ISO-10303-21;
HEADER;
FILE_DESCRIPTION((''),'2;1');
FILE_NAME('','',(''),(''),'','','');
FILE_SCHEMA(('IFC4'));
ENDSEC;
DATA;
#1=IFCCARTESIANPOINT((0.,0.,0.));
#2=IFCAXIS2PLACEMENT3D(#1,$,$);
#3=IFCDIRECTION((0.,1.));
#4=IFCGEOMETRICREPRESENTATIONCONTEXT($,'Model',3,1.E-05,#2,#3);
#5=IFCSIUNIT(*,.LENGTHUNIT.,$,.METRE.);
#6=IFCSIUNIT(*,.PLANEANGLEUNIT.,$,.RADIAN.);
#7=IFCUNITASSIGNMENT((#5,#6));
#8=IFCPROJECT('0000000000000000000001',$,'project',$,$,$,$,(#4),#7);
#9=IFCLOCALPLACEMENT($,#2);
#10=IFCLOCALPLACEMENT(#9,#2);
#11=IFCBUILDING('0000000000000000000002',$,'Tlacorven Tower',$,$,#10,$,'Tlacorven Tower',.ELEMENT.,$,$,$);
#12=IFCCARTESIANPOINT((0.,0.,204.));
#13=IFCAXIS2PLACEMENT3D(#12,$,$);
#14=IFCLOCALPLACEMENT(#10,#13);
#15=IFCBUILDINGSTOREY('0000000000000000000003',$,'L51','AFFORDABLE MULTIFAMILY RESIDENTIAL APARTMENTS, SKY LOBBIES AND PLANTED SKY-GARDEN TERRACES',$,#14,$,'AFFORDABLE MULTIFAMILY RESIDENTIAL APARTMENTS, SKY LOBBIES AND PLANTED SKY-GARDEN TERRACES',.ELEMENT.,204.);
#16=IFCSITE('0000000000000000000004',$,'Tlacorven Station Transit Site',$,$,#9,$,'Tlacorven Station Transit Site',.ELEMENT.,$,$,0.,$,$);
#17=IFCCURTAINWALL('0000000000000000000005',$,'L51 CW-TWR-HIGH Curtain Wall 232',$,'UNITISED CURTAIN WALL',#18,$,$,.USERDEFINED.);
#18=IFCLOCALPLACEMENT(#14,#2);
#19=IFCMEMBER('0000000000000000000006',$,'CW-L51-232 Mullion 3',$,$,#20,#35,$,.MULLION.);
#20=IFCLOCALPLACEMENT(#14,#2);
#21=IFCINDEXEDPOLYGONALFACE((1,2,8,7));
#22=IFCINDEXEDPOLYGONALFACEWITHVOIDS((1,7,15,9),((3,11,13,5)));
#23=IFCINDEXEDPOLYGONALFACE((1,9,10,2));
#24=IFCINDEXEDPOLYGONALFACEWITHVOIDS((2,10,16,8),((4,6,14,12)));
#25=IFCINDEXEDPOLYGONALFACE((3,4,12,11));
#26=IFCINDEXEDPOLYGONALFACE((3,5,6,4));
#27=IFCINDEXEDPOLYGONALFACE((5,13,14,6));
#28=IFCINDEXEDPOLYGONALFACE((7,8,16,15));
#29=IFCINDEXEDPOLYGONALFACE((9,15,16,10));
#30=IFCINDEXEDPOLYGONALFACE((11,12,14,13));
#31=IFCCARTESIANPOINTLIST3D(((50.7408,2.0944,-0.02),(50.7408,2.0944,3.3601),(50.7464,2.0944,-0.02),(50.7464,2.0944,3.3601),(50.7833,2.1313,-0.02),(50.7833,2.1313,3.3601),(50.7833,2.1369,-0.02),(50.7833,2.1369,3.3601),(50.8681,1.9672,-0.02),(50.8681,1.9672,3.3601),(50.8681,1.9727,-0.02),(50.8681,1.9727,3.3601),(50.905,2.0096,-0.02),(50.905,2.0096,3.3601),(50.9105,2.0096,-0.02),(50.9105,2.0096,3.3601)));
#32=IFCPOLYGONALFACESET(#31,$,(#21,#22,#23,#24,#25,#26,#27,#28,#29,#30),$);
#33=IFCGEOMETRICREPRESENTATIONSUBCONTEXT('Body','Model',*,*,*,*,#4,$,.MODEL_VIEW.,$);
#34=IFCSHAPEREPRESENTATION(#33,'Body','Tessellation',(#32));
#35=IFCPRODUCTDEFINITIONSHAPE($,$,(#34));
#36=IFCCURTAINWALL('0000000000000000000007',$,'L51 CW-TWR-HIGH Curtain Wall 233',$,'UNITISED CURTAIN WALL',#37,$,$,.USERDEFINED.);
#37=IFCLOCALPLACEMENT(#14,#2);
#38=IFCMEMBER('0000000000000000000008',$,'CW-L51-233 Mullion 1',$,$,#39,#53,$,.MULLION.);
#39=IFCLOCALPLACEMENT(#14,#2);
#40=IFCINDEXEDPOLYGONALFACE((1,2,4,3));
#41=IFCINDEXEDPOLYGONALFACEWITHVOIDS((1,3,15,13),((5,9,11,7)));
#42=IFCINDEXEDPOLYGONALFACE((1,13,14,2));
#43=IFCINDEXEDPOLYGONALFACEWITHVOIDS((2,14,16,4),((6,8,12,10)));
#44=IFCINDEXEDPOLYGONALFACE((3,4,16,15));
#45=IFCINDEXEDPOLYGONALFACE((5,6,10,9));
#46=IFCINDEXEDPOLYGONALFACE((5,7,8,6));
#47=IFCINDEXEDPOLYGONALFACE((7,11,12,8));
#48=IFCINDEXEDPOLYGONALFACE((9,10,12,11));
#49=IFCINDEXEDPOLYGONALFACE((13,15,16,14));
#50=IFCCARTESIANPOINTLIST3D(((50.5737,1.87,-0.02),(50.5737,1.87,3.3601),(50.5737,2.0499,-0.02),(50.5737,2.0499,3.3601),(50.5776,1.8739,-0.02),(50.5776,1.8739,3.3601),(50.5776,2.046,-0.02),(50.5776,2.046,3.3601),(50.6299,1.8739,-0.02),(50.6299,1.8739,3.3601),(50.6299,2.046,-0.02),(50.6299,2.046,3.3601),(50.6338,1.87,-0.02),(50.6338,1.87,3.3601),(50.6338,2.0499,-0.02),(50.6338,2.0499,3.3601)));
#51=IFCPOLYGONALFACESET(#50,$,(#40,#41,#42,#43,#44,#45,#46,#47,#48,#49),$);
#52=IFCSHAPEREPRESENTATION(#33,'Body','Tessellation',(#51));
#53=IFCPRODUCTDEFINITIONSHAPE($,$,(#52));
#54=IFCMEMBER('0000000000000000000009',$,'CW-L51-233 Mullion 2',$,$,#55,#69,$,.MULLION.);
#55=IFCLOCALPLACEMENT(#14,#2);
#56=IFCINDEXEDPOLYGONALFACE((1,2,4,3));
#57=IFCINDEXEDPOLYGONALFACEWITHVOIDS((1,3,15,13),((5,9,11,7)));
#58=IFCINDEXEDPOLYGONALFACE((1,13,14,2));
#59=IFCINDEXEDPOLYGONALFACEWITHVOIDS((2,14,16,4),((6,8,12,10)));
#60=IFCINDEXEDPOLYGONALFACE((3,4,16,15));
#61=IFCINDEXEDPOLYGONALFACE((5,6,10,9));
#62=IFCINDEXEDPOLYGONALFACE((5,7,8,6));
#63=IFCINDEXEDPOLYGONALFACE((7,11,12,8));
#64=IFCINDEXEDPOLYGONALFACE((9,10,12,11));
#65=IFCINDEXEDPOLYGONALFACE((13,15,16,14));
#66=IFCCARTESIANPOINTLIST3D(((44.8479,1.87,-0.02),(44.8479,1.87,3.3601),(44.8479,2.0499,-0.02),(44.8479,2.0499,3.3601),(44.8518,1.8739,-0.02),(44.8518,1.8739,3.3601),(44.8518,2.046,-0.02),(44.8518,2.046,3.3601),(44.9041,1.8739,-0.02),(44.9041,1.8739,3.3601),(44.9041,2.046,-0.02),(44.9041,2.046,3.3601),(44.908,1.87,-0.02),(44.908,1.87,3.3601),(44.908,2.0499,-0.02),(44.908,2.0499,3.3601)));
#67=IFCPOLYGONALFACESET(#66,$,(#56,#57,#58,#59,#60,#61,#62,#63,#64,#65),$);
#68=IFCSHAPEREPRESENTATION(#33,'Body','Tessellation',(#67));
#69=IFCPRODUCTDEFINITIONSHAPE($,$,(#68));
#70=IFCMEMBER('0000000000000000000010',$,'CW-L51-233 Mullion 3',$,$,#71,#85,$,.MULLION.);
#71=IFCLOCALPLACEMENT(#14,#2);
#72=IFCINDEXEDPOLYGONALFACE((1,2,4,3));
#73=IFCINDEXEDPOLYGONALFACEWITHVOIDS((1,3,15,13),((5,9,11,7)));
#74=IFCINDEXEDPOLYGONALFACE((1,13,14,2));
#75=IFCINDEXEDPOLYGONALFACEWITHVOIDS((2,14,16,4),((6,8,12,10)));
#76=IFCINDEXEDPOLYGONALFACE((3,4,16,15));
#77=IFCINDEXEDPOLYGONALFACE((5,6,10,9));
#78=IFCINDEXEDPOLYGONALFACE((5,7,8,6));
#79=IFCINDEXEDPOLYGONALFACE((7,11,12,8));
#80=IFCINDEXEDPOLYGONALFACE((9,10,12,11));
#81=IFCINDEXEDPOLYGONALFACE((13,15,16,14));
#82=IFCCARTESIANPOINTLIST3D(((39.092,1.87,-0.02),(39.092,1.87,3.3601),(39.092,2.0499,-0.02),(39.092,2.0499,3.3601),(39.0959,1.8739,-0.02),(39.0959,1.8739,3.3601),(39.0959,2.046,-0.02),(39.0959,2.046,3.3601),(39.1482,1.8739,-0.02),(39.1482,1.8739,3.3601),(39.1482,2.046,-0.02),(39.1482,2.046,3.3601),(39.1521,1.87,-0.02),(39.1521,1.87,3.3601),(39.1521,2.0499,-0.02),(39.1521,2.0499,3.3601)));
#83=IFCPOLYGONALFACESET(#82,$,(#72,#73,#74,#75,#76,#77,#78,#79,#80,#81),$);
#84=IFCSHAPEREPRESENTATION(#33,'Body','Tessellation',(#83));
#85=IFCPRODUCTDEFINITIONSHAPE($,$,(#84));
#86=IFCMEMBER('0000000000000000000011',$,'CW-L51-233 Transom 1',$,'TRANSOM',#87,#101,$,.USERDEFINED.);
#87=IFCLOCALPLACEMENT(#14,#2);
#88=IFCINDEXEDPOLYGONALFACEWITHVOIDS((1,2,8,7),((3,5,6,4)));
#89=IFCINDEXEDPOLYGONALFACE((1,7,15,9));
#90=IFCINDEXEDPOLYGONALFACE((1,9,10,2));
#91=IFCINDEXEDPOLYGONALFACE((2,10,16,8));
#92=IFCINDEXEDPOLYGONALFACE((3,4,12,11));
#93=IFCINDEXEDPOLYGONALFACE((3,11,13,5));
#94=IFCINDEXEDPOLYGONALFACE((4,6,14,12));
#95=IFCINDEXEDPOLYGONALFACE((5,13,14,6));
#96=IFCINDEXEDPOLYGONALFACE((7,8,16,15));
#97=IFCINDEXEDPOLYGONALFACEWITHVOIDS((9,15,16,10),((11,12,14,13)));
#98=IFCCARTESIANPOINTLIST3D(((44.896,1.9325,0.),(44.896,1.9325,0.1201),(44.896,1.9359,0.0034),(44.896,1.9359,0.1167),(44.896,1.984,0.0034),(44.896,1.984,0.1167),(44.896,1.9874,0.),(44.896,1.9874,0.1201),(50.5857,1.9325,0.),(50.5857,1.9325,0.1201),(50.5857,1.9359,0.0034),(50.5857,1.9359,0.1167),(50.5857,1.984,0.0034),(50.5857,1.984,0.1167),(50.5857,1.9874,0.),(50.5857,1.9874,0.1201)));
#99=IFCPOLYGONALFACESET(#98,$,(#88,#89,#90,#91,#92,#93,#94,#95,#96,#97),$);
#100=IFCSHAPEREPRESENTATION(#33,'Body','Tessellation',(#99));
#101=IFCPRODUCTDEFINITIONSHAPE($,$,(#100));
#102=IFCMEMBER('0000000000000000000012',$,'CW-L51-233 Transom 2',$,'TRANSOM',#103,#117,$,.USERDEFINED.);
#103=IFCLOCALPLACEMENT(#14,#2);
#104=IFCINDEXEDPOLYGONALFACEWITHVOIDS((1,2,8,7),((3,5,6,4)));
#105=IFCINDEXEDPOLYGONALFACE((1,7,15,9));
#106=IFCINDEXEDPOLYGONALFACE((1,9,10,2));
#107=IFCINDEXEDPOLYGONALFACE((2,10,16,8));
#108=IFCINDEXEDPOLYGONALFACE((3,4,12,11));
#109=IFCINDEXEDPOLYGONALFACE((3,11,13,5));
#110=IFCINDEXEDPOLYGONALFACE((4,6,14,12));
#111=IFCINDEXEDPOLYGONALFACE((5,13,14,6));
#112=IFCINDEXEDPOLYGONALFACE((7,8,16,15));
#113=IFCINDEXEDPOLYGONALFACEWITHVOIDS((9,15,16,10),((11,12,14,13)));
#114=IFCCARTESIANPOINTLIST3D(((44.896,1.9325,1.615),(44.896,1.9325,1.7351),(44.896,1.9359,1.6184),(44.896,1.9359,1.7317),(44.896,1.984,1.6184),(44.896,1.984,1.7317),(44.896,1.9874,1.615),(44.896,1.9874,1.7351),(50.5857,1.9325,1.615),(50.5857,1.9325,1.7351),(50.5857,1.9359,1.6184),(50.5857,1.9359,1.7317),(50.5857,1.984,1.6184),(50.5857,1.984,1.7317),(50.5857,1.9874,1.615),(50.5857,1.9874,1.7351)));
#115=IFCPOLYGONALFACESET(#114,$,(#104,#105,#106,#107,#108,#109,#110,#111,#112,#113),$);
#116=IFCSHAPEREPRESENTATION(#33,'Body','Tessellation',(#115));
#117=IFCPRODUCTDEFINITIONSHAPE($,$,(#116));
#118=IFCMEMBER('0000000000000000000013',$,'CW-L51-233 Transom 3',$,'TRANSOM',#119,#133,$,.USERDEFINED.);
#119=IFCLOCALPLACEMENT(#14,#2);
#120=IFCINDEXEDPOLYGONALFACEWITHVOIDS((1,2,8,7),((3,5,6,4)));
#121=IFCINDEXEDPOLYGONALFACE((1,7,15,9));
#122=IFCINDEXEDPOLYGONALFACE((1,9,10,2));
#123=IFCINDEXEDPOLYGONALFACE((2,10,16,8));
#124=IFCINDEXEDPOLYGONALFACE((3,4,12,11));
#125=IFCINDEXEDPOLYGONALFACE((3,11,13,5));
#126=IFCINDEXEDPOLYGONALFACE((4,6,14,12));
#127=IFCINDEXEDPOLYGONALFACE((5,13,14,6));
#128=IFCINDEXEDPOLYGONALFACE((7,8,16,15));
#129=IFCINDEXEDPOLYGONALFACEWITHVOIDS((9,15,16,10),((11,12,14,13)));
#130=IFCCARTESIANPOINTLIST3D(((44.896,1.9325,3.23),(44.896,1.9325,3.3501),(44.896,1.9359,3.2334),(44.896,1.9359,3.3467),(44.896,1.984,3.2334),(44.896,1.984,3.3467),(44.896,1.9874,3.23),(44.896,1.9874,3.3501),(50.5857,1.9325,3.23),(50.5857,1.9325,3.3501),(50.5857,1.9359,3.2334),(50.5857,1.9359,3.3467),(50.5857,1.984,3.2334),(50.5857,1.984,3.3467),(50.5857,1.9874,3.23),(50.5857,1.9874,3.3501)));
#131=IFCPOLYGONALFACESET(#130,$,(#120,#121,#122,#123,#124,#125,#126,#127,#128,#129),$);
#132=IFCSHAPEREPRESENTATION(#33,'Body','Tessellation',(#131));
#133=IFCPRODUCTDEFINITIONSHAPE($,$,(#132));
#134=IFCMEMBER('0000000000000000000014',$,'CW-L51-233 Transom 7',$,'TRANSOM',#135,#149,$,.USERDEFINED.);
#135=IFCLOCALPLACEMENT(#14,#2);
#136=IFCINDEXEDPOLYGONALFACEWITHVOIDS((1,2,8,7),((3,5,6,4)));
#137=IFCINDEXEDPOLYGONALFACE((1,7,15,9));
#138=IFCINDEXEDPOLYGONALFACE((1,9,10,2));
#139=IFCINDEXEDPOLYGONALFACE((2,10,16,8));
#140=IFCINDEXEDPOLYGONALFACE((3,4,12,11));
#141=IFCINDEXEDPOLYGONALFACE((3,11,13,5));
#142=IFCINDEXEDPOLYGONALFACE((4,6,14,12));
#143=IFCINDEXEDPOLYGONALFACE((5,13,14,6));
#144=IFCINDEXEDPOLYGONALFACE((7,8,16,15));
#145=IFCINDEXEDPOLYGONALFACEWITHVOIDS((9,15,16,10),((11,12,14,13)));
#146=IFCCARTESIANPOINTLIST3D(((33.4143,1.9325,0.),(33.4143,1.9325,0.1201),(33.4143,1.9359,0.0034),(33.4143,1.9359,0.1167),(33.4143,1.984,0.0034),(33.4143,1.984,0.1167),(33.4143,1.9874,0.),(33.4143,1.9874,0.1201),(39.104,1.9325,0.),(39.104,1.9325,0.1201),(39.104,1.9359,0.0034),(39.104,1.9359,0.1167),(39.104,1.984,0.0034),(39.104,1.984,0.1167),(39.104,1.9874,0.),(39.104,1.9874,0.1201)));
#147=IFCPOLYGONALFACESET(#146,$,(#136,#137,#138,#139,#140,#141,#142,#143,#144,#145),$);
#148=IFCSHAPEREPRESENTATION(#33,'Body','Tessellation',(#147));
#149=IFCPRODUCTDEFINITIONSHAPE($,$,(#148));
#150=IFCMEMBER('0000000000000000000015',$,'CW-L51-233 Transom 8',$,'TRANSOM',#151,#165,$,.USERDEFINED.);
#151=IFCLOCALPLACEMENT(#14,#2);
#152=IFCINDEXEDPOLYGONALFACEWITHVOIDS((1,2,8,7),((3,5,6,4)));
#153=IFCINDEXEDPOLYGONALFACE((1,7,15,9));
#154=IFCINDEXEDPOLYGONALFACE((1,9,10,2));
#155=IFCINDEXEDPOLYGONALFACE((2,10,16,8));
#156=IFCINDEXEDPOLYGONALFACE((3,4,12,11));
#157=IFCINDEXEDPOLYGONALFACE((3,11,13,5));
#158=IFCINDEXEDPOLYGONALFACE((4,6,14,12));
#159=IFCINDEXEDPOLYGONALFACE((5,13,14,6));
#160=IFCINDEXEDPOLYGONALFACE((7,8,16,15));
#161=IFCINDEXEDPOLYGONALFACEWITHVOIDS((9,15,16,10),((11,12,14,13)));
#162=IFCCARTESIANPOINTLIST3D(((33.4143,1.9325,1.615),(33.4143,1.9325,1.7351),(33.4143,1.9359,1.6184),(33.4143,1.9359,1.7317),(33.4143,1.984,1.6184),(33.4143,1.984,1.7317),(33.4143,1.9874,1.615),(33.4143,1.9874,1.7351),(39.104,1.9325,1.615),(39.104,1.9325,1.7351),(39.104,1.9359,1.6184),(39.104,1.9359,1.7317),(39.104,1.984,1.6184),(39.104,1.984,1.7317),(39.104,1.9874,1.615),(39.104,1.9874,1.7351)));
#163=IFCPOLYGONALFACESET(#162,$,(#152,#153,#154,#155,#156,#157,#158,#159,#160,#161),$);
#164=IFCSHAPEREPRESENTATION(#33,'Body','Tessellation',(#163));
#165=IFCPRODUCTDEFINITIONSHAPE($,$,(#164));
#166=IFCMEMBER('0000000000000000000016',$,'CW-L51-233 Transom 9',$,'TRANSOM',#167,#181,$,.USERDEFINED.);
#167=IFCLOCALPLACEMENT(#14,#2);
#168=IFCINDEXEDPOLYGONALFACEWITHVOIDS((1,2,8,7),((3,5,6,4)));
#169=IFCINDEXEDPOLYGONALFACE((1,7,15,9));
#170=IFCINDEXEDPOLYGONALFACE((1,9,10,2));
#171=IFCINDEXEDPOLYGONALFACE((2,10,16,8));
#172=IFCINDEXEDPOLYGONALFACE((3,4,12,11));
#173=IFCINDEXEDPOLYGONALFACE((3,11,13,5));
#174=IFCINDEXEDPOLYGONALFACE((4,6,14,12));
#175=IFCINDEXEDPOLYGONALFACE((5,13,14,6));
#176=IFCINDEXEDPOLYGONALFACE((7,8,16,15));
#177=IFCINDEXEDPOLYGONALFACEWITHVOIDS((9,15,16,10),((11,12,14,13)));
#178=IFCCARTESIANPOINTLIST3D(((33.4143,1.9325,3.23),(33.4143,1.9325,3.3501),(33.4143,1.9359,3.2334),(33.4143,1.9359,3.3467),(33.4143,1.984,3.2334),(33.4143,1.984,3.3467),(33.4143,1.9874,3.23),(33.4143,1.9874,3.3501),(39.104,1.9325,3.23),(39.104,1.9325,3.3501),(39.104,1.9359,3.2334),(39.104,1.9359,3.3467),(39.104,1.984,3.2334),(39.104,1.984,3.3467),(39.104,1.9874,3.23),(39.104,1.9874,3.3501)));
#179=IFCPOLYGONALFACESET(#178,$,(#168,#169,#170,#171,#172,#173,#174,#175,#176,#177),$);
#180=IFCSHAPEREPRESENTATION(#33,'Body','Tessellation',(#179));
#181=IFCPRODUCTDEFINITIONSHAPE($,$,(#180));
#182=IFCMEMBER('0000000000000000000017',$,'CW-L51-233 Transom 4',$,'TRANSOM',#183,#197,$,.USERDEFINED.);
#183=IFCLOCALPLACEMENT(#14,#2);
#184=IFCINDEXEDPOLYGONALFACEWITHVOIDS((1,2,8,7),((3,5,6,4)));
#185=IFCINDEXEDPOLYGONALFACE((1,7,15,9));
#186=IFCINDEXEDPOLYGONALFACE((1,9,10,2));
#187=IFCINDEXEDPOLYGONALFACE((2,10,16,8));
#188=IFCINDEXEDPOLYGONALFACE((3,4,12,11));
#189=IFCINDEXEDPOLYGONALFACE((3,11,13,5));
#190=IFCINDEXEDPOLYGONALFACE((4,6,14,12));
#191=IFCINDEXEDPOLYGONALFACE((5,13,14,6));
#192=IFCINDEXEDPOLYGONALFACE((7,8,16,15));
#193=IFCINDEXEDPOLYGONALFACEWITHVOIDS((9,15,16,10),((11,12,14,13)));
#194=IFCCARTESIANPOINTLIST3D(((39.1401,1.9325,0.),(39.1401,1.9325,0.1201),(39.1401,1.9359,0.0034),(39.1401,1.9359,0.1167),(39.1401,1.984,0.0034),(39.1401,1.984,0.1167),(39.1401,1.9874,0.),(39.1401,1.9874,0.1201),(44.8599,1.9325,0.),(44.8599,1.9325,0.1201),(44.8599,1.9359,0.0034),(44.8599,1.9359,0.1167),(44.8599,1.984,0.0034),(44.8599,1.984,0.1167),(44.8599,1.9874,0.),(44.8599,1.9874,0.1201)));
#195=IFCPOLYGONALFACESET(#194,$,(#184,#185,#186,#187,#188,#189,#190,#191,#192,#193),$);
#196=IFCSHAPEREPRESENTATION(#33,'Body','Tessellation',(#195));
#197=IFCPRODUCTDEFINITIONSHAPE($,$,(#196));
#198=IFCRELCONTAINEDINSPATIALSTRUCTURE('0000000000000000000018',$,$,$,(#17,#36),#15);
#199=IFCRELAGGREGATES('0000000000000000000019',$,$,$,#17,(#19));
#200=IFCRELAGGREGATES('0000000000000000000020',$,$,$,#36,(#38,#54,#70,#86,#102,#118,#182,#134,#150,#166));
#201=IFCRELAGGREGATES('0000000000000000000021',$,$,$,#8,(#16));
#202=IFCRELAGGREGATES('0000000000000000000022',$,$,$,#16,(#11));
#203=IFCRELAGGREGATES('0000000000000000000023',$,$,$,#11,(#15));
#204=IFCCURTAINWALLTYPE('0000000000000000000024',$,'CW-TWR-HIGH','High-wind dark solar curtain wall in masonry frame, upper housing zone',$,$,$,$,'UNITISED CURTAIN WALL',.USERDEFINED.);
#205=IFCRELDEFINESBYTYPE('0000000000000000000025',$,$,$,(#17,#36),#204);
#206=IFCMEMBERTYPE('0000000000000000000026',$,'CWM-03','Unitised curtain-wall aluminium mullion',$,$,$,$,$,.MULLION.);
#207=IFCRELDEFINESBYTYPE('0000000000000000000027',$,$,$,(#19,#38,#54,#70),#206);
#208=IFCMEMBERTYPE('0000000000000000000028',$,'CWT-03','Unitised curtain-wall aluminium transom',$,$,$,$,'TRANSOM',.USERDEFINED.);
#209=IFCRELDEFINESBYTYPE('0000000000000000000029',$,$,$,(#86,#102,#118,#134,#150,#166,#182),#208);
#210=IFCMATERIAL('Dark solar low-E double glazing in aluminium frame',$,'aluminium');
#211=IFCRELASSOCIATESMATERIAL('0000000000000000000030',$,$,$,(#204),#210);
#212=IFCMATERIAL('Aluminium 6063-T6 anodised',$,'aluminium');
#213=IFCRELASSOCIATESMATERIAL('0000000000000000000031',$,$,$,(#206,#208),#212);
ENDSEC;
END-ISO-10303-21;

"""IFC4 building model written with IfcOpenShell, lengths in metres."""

from ifc_helpers import new_model, si_unit, direction, frame, origin, origin_2d, place, context, subcontext, project, spatial, hollow_rectangle, extrude, source, transform, mapped, material, material_profile, profile_set, type_object, element, aggregate, save


model = new_model("IFC4")

# Units and contexts
model_context = context("Model", 3, precision=1e-05, world=origin(), true_north=direction((0.0, 1.0)))
body_context = subcontext(model_context, "Body", "Model", "MODEL_VIEW")
ifc_project = project(units=[si_unit("LENGTHUNIT", "METRE"), si_unit("PLANEANGLEUNIT", "RADIAN")], contexts=[model_context])

# Site, building, storey
site_placement = place(None, origin())
site = spatial("IfcSite", under=ifc_project, at=site_placement, Name="Tlacorven Station Transit Site", LongName="Tlacorven Station Transit Site", CompositionType="ELEMENT", RefElevation=0.0)
building_placement = place(site_placement, origin())
building = spatial("IfcBuilding", under=site, at=building_placement, Name="Tlacorven Tower", LongName="Tlacorven Tower", CompositionType="ELEMENT")
storey_placement = place(building_placement, frame((0.0, 0.0, 204.0)))
storey = spatial("IfcBuildingStorey", under=building, at=storey_placement, Name="L51", Description="AFFORDABLE MULTIFAMILY RESIDENTIAL APARTMENTS, SKY LOBBIES AND PLANTED SKY-GARDEN TERRACES", LongName="AFFORDABLE MULTIFAMILY RESIDENTIAL APARTMENTS, SKY LOBBIES AND PLANTED SKY-GARDEN TERRACES", CompositionType="ELEMENT", Elevation=204.0)

# Curtain wall, member
ifc_material_1 = material(Name="Dark solar low-E double glazing in aluminium frame", Category="aluminium")
curtain_wall_type = type_object("IfcCurtainWallType", Name="CW-TWR-HIGH", Description="High-wind dark solar curtain wall in masonry frame, upper housing zone", ElementType="UNITISED CURTAIN WALL", PredefinedType="USERDEFINED", material=ifc_material_1)
curtain_wall_1_placement = place(storey_placement, origin())
curtain_wall_1 = element("IfcCurtainWall", 1, at=curtain_wall_1_placement, inside=storey, type_object=curtain_wall_type, Name="L51 CW-TWR-HIGH Curtain Wall 232", ObjectType="UNITISED CURTAIN WALL", PredefinedType="USERDEFINED")
ifc_material_2 = material(Name="Aluminium 6063-T6 anodised", Category="aluminium")
ifc_material_profile_1 = material_profile(ifc_material_2, hollow_rectangle(XDim=0.0601, YDim=0.1799, WallThickness=0.0039, at=origin_2d()), Name="ALU MULLION 60X180")
ifc_profile_set_1 = profile_set([ifc_material_profile_1], Name="Aluminium 6063-T6 anodised")
member_type_1 = type_object("IfcMemberType", Name="CWM-03", Description="Unitised curtain-wall aluminium mullion", PredefinedType="MULLION", material=ifc_profile_set_1)
shared_shape_1 = source(origin(), body_context, "Body", "SweptSolid", [
    extrude(hollow_rectangle(XDim=0.0601, YDim=0.1799, WallThickness=0.0039, at=origin_2d()), origin(), (0.0, 0.0, 1.0), 3.3801),
])
member_1_placement = place(storey_placement, frame((50.8257, 2.052, -0.02), z_axis=(0.0, 0.0, 1.0), x_axis=(-0.707107, -0.707107, 0.0)))
member_1 = element("IfcMember", 2, at=member_1_placement, type_object=member_type_1, Name="CW-L51-232 Mullion 3", PredefinedType="MULLION", context=body_context, shape_type="MappedRepresentation", body=[
    mapped(shared_shape_1, transform((0.0, 0.0, 0.0), scale=1.0)),
])
aggregate(curtain_wall_1, [member_1])

# Curtain wall, members
curtain_wall_2_placement = place(storey_placement, origin())
curtain_wall_2 = element("IfcCurtainWall", 3, at=curtain_wall_2_placement, inside=storey, type_object=curtain_wall_type, Name="L51 CW-TWR-HIGH Curtain Wall 233", ObjectType="UNITISED CURTAIN WALL", PredefinedType="USERDEFINED")
member_2_placement = place(storey_placement, frame((50.6038, 1.96, -0.02), z_axis=(0.0, 0.0, 1.0), x_axis=(-1.0, 0.0, 0.0)))
member_2 = element("IfcMember", 4, at=member_2_placement, type_object=member_type_1, Name="CW-L51-233 Mullion 1", PredefinedType="MULLION", context=body_context, shape_type="MappedRepresentation", body=[
    mapped(shared_shape_1, transform((0.0, 0.0, 0.0), scale=1.0)),
])
member_3_placement = place(storey_placement, frame((44.8779, 1.96, -0.02), z_axis=(0.0, 0.0, 1.0), x_axis=(-1.0, 0.0, 0.0)))
member_3 = element("IfcMember", 5, at=member_3_placement, type_object=member_type_1, Name="CW-L51-233 Mullion 2", PredefinedType="MULLION", context=body_context, shape_type="MappedRepresentation", body=[
    mapped(shared_shape_1, transform((0.0, 0.0, 0.0), scale=1.0)),
])
member_4_placement = place(storey_placement, frame((39.1221, 1.96, -0.02), z_axis=(0.0, 0.0, 1.0), x_axis=(-1.0, 0.0, 0.0)))
member_4 = element("IfcMember", 6, at=member_4_placement, type_object=member_type_1, Name="CW-L51-233 Mullion 3", PredefinedType="MULLION", context=body_context, shape_type="MappedRepresentation", body=[
    mapped(shared_shape_1, transform((0.0, 0.0, 0.0), scale=1.0)),
])
ifc_material_profile_2 = material_profile(ifc_material_2, hollow_rectangle(XDim=0.0549, YDim=0.1201, WallThickness=0.0034, at=origin_2d()), Name="ALU TRANSOM 55X120")
ifc_profile_set_2 = profile_set([ifc_material_profile_2], Name="Aluminium 6063-T6 anodised")
member_type_2 = type_object("IfcMemberType", Name="CWT-03", Description="Unitised curtain-wall aluminium transom", ElementType="TRANSOM", PredefinedType="USERDEFINED", material=ifc_profile_set_2)
shared_shape_2 = source(origin(), body_context, "Body", "SweptSolid", [
    extrude(hollow_rectangle(XDim=0.0549, YDim=0.1201, WallThickness=0.0034, at=origin_2d()), origin(), (0.0, 0.0, 1.0), 5.6897),
])
member_5_placement = place(storey_placement, frame((50.5857, 1.96, 0.0601), z_axis=(-1.0, 0.0, 0.0), x_axis=(0.0, -1.0, 0.0)))
member_5 = element("IfcMember", 7, at=member_5_placement, type_object=member_type_2, Name="CW-L51-233 Transom 1", ObjectType="TRANSOM", PredefinedType="USERDEFINED", context=body_context, shape_type="MappedRepresentation", body=[
    mapped(shared_shape_2, transform((0.0, 0.0, 0.0), scale=1.0)),
])
member_6_placement = place(storey_placement, frame((50.5857, 1.96, 1.675), z_axis=(-1.0, 0.0, 0.0), x_axis=(0.0, -1.0, 0.0)))
member_6 = element("IfcMember", 8, at=member_6_placement, type_object=member_type_2, Name="CW-L51-233 Transom 2", ObjectType="TRANSOM", PredefinedType="USERDEFINED", context=body_context, shape_type="MappedRepresentation", body=[
    mapped(shared_shape_2, transform((0.0, 0.0, 0.0), scale=1.0)),
])
member_7_placement = place(storey_placement, frame((50.5857, 1.96, 3.29), z_axis=(-1.0, 0.0, 0.0), x_axis=(0.0, -1.0, 0.0)))
member_7 = element("IfcMember", 9, at=member_7_placement, type_object=member_type_2, Name="CW-L51-233 Transom 3", ObjectType="TRANSOM", PredefinedType="USERDEFINED", context=body_context, shape_type="MappedRepresentation", body=[
    mapped(shared_shape_2, transform((0.0, 0.0, 0.0), scale=1.0)),
])
member_8_placement = place(storey_placement, frame((39.104, 1.96, 0.0601), z_axis=(-1.0, 0.0, 0.0), x_axis=(0.0, -1.0, 0.0)))
member_8 = element("IfcMember", 10, at=member_8_placement, type_object=member_type_2, Name="CW-L51-233 Transom 7", ObjectType="TRANSOM", PredefinedType="USERDEFINED", context=body_context, shape_type="MappedRepresentation", body=[
    mapped(shared_shape_2, transform((0.0, 0.0, 0.0), scale=1.0)),
])
member_9_placement = place(storey_placement, frame((39.104, 1.96, 1.675), z_axis=(-1.0, 0.0, 0.0), x_axis=(0.0, -1.0, 0.0)))
member_9 = element("IfcMember", 11, at=member_9_placement, type_object=member_type_2, Name="CW-L51-233 Transom 8", ObjectType="TRANSOM", PredefinedType="USERDEFINED", context=body_context, shape_type="MappedRepresentation", body=[
    mapped(shared_shape_2, transform((0.0, 0.0, 0.0), scale=1.0)),
])
member_10_placement = place(storey_placement, frame((39.104, 1.96, 3.29), z_axis=(-1.0, 0.0, 0.0), x_axis=(0.0, -1.0, 0.0)))
member_10 = element("IfcMember", 12, at=member_10_placement, type_object=member_type_2, Name="CW-L51-233 Transom 9", ObjectType="TRANSOM", PredefinedType="USERDEFINED", context=body_context, shape_type="MappedRepresentation", body=[
    mapped(shared_shape_2, transform((0.0, 0.0, 0.0), scale=1.0)),
])
shared_shape_3 = source(origin(), body_context, "Body", "SweptSolid", [
    extrude(hollow_rectangle(XDim=0.0549, YDim=0.1201, WallThickness=0.0034, at=origin_2d()), origin(), (0.0, 0.0, 1.0), 5.7197),
])
member_11_placement = place(storey_placement, frame((44.8599, 1.96, 0.0601), z_axis=(-1.0, 0.0, 0.0), x_axis=(0.0, -1.0, 0.0)))
member_11 = element("IfcMember", 13, at=member_11_placement, type_object=member_type_2, Name="CW-L51-233 Transom 4", ObjectType="TRANSOM", PredefinedType="USERDEFINED", context=body_context, shape_type="MappedRepresentation", body=[
    mapped(shared_shape_3, transform((0.0, 0.0, 0.0), scale=1.0)),
])
aggregate(curtain_wall_2, [member_2, member_3, member_4, member_5, member_6, member_7, member_11, member_8, member_9, member_10])

save(model, "model.ifc")
